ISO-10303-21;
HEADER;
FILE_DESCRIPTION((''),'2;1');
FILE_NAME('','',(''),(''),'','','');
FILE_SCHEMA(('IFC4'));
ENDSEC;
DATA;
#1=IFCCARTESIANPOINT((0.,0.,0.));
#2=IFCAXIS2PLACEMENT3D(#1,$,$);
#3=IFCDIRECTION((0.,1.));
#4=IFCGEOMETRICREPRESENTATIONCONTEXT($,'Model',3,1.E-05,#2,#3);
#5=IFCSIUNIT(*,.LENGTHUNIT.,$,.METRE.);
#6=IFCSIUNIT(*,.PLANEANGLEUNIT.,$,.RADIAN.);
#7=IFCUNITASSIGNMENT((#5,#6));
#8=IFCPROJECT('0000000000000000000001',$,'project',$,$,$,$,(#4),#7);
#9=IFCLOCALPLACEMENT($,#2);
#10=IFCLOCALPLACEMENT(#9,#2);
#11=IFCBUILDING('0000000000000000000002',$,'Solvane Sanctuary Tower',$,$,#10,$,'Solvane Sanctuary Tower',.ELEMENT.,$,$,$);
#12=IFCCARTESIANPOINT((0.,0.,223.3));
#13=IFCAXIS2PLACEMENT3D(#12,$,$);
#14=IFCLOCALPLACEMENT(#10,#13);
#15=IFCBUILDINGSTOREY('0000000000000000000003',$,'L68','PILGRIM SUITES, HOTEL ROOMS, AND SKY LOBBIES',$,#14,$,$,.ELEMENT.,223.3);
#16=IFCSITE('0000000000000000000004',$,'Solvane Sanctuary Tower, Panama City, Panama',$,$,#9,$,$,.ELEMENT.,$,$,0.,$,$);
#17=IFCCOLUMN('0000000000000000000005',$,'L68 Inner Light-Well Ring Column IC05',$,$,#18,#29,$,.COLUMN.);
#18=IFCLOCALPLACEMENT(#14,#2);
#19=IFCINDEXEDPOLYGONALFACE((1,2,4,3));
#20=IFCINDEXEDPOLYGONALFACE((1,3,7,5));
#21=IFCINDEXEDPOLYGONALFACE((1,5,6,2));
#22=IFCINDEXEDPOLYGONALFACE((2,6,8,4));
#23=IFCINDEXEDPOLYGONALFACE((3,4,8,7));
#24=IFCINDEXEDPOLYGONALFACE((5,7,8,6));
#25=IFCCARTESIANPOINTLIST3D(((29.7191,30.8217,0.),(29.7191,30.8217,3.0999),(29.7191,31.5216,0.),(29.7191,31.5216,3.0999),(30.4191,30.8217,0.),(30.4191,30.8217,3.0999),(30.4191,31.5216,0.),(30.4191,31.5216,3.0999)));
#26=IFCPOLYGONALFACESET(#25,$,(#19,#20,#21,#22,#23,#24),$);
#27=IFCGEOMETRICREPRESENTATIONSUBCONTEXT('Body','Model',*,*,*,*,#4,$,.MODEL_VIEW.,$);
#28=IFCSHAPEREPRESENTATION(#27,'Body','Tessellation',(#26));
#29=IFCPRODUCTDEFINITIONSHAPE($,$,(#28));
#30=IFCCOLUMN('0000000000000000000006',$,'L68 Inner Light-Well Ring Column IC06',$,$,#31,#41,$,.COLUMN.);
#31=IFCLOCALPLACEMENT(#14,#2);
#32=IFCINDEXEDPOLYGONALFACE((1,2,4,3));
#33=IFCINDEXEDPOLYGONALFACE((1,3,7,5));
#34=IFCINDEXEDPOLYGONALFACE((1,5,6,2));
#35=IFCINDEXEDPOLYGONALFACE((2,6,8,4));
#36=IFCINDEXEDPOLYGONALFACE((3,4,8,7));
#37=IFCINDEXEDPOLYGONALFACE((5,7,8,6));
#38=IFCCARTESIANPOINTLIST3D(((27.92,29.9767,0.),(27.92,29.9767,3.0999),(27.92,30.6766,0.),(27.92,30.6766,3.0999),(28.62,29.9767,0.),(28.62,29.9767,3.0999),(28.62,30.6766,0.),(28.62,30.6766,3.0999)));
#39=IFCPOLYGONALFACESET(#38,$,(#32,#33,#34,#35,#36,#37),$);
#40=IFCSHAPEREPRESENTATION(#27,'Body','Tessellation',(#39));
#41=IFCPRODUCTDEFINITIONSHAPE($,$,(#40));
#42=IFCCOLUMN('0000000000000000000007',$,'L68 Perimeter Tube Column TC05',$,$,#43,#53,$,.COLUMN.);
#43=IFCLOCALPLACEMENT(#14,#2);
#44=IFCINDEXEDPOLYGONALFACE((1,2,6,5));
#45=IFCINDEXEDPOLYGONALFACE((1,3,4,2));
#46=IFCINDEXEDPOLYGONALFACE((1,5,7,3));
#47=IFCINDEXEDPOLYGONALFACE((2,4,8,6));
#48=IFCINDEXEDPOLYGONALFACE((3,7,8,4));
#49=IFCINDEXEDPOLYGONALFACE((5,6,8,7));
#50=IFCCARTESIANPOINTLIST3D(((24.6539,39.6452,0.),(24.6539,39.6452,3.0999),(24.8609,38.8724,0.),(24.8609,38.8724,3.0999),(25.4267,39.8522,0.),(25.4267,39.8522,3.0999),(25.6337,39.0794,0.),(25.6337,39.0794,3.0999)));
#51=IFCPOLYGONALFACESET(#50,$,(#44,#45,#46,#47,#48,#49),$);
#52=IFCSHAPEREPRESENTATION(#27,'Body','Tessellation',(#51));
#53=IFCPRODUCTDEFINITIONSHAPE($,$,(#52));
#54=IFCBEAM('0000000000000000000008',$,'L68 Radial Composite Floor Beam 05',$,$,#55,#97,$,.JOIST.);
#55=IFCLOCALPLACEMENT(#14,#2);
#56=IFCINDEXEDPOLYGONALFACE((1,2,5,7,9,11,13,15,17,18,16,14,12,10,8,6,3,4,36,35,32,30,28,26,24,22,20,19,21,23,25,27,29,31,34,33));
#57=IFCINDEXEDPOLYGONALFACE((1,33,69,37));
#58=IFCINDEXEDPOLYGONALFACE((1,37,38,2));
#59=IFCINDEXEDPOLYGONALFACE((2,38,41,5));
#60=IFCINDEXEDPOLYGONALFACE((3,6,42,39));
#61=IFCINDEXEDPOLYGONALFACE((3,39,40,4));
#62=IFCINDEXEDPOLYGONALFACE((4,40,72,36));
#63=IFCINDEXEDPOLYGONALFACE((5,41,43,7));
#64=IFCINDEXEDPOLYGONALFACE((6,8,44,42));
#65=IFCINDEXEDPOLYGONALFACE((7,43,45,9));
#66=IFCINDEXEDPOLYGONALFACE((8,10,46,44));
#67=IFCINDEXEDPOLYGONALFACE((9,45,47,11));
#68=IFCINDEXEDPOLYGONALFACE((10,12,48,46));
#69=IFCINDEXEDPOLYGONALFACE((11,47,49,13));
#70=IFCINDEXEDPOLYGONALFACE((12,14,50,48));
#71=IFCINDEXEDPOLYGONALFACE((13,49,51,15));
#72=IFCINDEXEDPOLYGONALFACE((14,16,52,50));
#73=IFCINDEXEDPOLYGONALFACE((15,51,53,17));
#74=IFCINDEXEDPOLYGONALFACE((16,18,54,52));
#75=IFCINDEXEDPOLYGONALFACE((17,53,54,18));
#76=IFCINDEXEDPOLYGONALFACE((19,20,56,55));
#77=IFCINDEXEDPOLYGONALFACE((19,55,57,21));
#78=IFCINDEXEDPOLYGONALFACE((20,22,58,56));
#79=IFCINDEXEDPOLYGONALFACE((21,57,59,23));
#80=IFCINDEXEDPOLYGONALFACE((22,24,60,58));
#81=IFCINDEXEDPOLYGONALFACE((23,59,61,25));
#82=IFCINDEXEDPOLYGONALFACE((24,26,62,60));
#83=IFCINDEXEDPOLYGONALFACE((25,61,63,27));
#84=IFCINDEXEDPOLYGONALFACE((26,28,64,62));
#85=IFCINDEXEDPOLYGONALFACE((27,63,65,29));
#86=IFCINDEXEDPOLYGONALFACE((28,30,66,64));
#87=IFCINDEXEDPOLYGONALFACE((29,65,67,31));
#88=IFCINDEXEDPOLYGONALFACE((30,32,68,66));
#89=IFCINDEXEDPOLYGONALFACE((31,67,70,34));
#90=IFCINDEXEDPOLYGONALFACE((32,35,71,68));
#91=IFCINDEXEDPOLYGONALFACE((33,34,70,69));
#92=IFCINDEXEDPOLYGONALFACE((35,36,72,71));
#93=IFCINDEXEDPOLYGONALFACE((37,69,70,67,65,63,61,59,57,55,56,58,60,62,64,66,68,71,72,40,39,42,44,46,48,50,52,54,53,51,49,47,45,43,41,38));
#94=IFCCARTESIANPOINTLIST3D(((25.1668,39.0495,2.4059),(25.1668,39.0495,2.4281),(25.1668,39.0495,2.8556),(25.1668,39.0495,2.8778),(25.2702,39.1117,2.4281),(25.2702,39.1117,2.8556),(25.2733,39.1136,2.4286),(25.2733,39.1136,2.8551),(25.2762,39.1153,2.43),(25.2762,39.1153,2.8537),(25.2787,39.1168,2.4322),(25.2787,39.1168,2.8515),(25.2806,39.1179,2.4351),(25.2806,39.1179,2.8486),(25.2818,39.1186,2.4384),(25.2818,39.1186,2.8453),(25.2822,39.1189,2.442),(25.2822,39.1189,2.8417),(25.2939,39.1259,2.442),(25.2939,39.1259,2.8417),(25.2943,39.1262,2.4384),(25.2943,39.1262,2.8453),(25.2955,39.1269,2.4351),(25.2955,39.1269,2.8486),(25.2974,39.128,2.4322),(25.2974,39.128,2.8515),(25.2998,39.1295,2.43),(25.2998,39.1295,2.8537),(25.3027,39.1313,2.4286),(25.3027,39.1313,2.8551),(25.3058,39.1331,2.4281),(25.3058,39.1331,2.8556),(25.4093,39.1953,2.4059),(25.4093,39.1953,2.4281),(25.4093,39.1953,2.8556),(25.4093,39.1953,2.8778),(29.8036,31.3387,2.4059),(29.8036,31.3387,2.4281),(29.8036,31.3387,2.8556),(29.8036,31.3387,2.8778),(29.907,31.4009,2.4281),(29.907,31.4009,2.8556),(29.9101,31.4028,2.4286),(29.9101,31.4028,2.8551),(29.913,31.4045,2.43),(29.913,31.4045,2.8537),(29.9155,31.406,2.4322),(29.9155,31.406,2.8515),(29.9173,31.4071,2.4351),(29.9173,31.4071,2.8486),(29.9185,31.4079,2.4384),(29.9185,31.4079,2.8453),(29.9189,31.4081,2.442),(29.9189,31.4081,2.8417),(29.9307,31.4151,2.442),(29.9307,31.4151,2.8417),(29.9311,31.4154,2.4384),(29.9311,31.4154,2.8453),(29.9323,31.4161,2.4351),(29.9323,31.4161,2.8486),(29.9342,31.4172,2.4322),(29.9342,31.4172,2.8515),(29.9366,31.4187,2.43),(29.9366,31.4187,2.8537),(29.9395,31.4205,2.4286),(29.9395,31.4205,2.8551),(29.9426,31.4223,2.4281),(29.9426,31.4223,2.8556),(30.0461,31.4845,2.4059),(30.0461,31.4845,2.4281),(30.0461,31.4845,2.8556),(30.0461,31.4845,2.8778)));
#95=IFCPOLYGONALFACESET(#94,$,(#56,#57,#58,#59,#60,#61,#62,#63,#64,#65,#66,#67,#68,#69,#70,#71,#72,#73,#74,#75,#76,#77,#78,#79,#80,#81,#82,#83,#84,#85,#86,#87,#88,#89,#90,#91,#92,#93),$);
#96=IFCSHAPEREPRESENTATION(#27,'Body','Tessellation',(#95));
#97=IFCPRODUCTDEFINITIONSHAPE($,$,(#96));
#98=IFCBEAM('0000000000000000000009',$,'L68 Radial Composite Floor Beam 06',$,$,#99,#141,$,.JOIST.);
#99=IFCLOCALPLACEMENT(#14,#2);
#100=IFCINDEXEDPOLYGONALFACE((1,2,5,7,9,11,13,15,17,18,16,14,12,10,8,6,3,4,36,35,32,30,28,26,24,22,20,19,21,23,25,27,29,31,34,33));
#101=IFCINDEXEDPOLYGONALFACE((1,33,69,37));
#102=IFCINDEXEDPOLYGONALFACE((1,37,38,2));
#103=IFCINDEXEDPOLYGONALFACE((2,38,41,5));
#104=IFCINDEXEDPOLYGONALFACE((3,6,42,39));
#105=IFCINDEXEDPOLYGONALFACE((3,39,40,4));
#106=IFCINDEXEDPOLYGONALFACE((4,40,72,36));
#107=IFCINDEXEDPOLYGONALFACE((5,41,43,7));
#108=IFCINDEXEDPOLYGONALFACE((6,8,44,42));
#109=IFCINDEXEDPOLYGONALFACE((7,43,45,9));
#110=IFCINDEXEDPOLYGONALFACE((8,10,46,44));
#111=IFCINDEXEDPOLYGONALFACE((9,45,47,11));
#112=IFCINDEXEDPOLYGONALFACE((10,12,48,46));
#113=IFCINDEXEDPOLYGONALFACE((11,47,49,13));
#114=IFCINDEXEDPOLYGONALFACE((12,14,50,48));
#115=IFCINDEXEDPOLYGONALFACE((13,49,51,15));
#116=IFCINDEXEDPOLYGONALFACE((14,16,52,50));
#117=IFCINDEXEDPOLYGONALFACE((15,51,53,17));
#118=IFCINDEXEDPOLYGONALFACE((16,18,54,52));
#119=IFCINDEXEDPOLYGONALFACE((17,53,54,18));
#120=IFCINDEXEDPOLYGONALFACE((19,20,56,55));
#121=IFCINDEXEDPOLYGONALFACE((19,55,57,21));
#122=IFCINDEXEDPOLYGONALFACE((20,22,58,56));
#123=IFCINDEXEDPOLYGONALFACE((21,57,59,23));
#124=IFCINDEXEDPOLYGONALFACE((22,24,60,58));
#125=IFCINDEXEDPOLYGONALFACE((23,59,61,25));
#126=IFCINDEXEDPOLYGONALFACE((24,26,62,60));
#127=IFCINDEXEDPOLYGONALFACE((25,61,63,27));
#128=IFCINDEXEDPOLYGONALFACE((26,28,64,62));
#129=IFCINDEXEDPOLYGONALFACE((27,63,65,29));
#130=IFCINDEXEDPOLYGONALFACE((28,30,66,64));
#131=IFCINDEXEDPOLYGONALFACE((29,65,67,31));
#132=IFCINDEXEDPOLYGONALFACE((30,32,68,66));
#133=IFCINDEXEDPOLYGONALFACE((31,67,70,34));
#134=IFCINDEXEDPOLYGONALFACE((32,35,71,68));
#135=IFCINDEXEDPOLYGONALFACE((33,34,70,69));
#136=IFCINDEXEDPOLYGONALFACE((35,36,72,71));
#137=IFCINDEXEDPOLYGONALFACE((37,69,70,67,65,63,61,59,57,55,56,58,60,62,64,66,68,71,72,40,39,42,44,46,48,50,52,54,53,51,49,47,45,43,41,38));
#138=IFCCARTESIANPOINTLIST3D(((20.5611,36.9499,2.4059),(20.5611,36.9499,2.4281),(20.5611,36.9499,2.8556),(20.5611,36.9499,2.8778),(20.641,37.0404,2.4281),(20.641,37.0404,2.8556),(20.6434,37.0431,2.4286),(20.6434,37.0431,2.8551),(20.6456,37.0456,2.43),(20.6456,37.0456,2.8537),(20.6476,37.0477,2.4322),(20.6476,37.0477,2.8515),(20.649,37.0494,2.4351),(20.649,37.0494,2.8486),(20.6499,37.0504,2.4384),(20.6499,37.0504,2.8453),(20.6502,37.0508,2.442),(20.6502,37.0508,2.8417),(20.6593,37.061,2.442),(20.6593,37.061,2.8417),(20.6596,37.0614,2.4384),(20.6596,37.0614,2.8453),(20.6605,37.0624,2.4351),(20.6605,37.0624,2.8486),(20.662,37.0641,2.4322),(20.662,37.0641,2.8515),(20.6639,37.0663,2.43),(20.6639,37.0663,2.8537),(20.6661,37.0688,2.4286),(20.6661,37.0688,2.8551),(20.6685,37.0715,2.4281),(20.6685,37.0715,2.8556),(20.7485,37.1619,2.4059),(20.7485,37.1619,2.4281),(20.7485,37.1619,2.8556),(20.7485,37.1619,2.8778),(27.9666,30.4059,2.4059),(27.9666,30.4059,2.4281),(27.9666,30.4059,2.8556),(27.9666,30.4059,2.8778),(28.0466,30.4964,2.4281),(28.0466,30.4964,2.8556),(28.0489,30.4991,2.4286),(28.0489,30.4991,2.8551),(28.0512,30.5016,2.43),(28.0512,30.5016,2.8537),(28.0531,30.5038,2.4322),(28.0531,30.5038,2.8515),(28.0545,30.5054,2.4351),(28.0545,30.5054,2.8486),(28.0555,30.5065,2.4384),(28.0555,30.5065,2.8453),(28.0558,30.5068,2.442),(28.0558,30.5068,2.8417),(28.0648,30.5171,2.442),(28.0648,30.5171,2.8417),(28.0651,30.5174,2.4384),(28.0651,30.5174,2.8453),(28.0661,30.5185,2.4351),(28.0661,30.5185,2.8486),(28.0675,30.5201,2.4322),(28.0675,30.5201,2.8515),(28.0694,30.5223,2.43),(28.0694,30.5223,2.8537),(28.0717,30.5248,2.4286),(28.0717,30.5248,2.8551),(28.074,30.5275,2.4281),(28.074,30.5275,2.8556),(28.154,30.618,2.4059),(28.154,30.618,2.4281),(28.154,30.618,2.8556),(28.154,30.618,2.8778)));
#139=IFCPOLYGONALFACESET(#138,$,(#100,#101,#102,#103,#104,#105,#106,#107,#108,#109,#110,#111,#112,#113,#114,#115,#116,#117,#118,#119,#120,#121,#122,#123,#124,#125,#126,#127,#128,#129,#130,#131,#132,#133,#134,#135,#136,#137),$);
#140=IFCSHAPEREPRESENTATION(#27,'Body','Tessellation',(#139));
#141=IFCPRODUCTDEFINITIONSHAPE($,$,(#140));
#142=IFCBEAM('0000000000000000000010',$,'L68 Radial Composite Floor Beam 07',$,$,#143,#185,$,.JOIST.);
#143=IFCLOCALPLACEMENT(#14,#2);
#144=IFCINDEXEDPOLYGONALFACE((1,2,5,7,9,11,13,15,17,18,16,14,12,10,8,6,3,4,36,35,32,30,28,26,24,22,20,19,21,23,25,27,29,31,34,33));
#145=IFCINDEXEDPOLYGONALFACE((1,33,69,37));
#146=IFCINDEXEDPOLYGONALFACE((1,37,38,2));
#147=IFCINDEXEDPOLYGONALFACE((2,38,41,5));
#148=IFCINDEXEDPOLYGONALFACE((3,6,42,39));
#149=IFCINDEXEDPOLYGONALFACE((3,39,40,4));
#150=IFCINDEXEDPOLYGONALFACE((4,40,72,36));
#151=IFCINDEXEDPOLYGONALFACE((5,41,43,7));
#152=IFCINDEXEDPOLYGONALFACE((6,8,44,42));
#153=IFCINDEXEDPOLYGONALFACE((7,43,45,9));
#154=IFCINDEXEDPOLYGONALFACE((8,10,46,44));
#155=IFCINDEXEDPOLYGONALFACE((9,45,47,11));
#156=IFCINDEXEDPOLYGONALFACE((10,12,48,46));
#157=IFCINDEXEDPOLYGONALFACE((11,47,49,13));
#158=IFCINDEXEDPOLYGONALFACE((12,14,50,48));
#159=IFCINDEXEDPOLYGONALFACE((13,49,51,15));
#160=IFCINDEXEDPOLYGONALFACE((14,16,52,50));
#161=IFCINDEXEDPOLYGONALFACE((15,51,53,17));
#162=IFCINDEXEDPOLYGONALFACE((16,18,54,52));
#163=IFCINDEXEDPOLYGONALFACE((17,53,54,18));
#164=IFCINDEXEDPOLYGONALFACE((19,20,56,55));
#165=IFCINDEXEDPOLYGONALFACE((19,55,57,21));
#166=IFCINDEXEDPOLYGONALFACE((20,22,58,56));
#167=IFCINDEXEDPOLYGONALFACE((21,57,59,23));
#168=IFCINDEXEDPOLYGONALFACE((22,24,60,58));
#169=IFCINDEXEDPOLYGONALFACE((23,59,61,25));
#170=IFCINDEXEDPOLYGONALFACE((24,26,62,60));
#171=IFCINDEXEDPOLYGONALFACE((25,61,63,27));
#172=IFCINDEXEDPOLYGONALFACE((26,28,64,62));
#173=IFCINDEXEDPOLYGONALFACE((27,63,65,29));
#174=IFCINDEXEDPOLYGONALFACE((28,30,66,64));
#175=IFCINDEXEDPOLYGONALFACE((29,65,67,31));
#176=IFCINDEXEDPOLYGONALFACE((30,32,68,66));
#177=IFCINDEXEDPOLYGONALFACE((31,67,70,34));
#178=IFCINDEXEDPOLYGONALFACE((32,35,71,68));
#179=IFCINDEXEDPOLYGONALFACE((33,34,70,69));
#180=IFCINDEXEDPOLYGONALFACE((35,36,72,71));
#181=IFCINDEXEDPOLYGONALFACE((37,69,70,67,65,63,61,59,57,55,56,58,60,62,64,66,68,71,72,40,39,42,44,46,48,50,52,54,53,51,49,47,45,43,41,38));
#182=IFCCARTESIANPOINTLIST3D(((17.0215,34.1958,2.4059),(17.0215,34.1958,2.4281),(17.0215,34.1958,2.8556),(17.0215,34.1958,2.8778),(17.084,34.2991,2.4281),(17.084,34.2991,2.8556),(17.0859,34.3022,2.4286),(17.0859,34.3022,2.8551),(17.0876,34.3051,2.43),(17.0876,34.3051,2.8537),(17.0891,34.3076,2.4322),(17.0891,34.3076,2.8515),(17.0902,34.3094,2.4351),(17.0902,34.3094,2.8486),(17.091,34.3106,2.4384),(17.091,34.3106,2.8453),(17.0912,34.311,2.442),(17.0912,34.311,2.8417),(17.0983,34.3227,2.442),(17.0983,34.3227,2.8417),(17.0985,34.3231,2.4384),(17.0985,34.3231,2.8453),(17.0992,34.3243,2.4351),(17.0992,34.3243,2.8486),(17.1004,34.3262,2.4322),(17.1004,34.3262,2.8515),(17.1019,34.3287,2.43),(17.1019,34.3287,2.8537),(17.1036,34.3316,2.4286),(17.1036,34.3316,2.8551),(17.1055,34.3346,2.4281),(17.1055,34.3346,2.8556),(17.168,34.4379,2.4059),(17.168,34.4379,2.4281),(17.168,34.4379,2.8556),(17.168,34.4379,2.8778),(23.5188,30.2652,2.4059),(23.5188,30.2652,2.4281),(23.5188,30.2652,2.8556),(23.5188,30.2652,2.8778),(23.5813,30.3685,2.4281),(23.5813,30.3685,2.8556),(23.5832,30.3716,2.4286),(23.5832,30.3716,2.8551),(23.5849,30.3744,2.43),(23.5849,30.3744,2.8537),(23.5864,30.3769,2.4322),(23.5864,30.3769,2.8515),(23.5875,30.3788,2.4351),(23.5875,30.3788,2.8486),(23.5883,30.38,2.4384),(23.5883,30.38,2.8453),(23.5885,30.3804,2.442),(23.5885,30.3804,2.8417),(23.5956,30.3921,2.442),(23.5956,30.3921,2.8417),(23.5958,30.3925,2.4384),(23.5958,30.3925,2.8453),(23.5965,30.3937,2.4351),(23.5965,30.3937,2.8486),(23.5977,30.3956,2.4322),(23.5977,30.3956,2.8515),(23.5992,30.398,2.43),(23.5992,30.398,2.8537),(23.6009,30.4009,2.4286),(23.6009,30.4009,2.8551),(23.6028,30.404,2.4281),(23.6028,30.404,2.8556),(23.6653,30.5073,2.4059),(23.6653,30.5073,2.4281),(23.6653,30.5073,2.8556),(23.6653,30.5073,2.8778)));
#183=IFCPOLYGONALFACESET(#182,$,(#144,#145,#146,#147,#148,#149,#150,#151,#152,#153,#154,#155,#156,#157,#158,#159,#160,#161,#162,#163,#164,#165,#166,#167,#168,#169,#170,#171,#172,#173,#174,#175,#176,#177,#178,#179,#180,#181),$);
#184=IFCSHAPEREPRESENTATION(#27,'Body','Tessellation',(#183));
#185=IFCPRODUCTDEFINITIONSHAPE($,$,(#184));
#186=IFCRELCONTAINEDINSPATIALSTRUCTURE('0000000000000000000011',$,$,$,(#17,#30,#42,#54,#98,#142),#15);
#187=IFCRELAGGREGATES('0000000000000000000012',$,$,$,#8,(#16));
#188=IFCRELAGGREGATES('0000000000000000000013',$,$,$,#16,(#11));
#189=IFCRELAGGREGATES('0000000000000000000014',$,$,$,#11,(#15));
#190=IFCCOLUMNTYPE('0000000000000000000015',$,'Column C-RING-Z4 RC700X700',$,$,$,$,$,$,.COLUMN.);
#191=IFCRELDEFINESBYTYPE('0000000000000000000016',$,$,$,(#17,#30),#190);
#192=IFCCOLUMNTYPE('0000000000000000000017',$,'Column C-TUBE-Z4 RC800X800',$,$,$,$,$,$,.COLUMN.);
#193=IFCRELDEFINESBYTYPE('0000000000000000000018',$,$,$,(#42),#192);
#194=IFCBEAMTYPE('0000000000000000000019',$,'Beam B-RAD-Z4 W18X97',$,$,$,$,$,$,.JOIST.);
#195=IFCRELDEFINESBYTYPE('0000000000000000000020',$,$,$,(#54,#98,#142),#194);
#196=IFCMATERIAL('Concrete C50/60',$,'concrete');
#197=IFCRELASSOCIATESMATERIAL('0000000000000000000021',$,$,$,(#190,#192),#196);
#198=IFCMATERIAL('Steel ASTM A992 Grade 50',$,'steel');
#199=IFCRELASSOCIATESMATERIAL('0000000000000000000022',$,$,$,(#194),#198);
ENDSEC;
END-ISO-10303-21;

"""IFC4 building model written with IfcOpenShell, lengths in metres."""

from ifc_helpers import new_model, si_unit, direction, frame, origin, origin_2d, place, context, subcontext, project, spatial, rectangle, i_section, extrude, material, material_profile, profile_set, type_object, element, save


model = new_model("IFC4")

# Units and contexts
model_context = context("Model", 3, precision=1e-05, world=origin(), true_north=direction((0.0, 1.0)))
body_context = subcontext(model_context, "Body", "Model", "MODEL_VIEW")
ifc_project = project(units=[si_unit("LENGTHUNIT", "METRE"), si_unit("PLANEANGLEUNIT", "RADIAN")], contexts=[model_context])

# Site, building, storey
site_placement = place(None, origin())
site = spatial("IfcSite", under=ifc_project, at=site_placement, Name="Solvane Sanctuary Tower, Panama City, Panama", CompositionType="ELEMENT", RefElevation=0.0)
building_placement = place(site_placement, origin())
building = spatial("IfcBuilding", under=site, at=building_placement, Name="Solvane Sanctuary Tower", LongName="Solvane Sanctuary Tower", CompositionType="ELEMENT")
storey_placement = place(building_placement, frame((0.0, 0.0, 223.3)))
storey = spatial("IfcBuildingStorey", under=building, at=storey_placement, Name="L68", Description="PILGRIM SUITES, HOTEL ROOMS, AND SKY LOBBIES", CompositionType="ELEMENT", Elevation=223.3)

# Columns
ifc_material_1 = material(Name="Concrete C50/60", Category="concrete")
ifc_material_profile_1 = material_profile(ifc_material_1, rectangle(XDim=0.7, YDim=0.7, at=origin_2d()), Name="RC700X700")
ifc_profile_set_1 = profile_set([ifc_material_profile_1], Name="Concrete C50/60")
column_type_1 = type_object("IfcColumnType", Name="Column C-RING-Z4 RC700X700", PredefinedType="COLUMN", material=ifc_profile_set_1)
for number, where, z_axis, x_axis, name in (
    (1, (30.0691, 31.1716, 0.0), (0.0, 0.0, 1.0), (1.0, 0.0, 0.0), "L68 Inner Light-Well Ring Column IC05"),
    (2, (28.27, 30.3267, 0.0), (0.0, 0.0, 1.0), (1.0, 0.0, 0.0), "L68 Inner Light-Well Ring Column IC06"),
):
    element("IfcColumn", number, at=place(storey_placement, frame(where, z_axis=z_axis, x_axis=x_axis)), inside=storey, type_object=column_type_1, Name=name, PredefinedType="COLUMN", context=body_context, shape_type="SweptSolid", body=[
        extrude(rectangle(XDim=0.7, YDim=0.7, at=origin_2d()), origin(), (0.0, 0.0, 1.0), 3.0999),
    ])
ifc_material_profile_2 = material_profile(ifc_material_1, rectangle(XDim=0.8, YDim=0.8, at=origin_2d()), Name="RC800X800")
ifc_profile_set_2 = profile_set([ifc_material_profile_2], Name="Concrete C50/60")
column_type_2 = type_object("IfcColumnType", Name="Column C-TUBE-Z4 RC800X800", PredefinedType="COLUMN", material=ifc_profile_set_2)
column_placement = place(storey_placement, frame((25.1438, 39.3623, 0.0), z_axis=(0.0, 0.0, 1.0), x_axis=(-0.258819, 0.965926, 0.0)))
element("IfcColumn", 3, at=column_placement, inside=storey, type_object=column_type_2, Name="L68 Perimeter Tube Column TC05", PredefinedType="COLUMN", context=body_context, shape_type="SweptSolid", body=[
    extrude(rectangle(XDim=0.8, YDim=0.8, at=origin_2d()), origin(), (0.0, 0.0, 1.0), 3.0999),
])

# Beams
ifc_material_2 = material(Name="Steel ASTM A992 Grade 50", Category="steel")
ifc_material_profile_3 = material_profile(ifc_material_2, i_section(OverallWidth=0.283, OverallDepth=0.4719, WebThickness=0.0137, FlangeThickness=0.0222, FilletRadius=0.0139, at=origin_2d()), Name="W18X97")
ifc_profile_set_3 = profile_set([ifc_material_profile_3], Name="Steel ASTM A992 Grade 50")
beam_type_1 = type_object("IfcBeamType", Name="Beam B-RAD-Z4 W18X97", PredefinedType="JOIST", material=ifc_profile_set_3)
beam_1_placement = place(storey_placement, frame((29.9248, 31.4116, 2.6418), z_axis=(-0.515337, 0.856987, 0.0), x_axis=(-0.856987, -0.515337, 0.0)))
element("IfcBeam", 4, at=beam_1_placement, inside=storey, type_object=beam_type_1, Name="L68 Radial Composite Floor Beam 05", PredefinedType="JOIST", context=body_context, shape_type="SweptSolid", body=[
    extrude(i_section(OverallWidth=0.283, OverallDepth=0.4719, WebThickness=0.0137, FlangeThickness=0.0222, FilletRadius=0.0139, at=origin_2d()), origin(), (0.0, 0.0, 1.0), 8.9976),
])
beam_2_placement = place(storey_placement, frame((28.0603, 30.512, 2.6418), z_axis=(-0.749352, 0.662171, 0.0), x_axis=(-0.662171, -0.749352, 0.0)))
element("IfcBeam", 5, at=beam_2_placement, inside=storey, type_object=beam_type_1, Name="L68 Radial Composite Floor Beam 06", PredefinedType="JOIST", context=body_context, shape_type="SweptSolid", body=[
    extrude(i_section(OverallWidth=0.283, OverallDepth=0.4719, WebThickness=0.0137, FlangeThickness=0.0222, FilletRadius=0.0139, at=origin_2d()), origin(), (0.0, 0.0, 1.0), 9.8826),
])
beam_3_placement = place(storey_placement, frame((23.592, 30.3862, 2.6418), z_axis=(-0.855612, 0.517618, 0.0), x_axis=(-0.517618, -0.855612, 0.0)))
element("IfcBeam", 6, at=beam_3_placement, inside=storey, type_object=beam_type_1, Name="L68 Radial Composite Floor Beam 07", PredefinedType="JOIST", context=body_context, shape_type="SweptSolid", body=[
    extrude(i_section(OverallWidth=0.283, OverallDepth=0.4719, WebThickness=0.0137, FlangeThickness=0.0222, FilletRadius=0.0139, at=origin_2d()), origin(), (0.0, 0.0, 1.0), 7.5938),
])

save(model, "model.ifc")
